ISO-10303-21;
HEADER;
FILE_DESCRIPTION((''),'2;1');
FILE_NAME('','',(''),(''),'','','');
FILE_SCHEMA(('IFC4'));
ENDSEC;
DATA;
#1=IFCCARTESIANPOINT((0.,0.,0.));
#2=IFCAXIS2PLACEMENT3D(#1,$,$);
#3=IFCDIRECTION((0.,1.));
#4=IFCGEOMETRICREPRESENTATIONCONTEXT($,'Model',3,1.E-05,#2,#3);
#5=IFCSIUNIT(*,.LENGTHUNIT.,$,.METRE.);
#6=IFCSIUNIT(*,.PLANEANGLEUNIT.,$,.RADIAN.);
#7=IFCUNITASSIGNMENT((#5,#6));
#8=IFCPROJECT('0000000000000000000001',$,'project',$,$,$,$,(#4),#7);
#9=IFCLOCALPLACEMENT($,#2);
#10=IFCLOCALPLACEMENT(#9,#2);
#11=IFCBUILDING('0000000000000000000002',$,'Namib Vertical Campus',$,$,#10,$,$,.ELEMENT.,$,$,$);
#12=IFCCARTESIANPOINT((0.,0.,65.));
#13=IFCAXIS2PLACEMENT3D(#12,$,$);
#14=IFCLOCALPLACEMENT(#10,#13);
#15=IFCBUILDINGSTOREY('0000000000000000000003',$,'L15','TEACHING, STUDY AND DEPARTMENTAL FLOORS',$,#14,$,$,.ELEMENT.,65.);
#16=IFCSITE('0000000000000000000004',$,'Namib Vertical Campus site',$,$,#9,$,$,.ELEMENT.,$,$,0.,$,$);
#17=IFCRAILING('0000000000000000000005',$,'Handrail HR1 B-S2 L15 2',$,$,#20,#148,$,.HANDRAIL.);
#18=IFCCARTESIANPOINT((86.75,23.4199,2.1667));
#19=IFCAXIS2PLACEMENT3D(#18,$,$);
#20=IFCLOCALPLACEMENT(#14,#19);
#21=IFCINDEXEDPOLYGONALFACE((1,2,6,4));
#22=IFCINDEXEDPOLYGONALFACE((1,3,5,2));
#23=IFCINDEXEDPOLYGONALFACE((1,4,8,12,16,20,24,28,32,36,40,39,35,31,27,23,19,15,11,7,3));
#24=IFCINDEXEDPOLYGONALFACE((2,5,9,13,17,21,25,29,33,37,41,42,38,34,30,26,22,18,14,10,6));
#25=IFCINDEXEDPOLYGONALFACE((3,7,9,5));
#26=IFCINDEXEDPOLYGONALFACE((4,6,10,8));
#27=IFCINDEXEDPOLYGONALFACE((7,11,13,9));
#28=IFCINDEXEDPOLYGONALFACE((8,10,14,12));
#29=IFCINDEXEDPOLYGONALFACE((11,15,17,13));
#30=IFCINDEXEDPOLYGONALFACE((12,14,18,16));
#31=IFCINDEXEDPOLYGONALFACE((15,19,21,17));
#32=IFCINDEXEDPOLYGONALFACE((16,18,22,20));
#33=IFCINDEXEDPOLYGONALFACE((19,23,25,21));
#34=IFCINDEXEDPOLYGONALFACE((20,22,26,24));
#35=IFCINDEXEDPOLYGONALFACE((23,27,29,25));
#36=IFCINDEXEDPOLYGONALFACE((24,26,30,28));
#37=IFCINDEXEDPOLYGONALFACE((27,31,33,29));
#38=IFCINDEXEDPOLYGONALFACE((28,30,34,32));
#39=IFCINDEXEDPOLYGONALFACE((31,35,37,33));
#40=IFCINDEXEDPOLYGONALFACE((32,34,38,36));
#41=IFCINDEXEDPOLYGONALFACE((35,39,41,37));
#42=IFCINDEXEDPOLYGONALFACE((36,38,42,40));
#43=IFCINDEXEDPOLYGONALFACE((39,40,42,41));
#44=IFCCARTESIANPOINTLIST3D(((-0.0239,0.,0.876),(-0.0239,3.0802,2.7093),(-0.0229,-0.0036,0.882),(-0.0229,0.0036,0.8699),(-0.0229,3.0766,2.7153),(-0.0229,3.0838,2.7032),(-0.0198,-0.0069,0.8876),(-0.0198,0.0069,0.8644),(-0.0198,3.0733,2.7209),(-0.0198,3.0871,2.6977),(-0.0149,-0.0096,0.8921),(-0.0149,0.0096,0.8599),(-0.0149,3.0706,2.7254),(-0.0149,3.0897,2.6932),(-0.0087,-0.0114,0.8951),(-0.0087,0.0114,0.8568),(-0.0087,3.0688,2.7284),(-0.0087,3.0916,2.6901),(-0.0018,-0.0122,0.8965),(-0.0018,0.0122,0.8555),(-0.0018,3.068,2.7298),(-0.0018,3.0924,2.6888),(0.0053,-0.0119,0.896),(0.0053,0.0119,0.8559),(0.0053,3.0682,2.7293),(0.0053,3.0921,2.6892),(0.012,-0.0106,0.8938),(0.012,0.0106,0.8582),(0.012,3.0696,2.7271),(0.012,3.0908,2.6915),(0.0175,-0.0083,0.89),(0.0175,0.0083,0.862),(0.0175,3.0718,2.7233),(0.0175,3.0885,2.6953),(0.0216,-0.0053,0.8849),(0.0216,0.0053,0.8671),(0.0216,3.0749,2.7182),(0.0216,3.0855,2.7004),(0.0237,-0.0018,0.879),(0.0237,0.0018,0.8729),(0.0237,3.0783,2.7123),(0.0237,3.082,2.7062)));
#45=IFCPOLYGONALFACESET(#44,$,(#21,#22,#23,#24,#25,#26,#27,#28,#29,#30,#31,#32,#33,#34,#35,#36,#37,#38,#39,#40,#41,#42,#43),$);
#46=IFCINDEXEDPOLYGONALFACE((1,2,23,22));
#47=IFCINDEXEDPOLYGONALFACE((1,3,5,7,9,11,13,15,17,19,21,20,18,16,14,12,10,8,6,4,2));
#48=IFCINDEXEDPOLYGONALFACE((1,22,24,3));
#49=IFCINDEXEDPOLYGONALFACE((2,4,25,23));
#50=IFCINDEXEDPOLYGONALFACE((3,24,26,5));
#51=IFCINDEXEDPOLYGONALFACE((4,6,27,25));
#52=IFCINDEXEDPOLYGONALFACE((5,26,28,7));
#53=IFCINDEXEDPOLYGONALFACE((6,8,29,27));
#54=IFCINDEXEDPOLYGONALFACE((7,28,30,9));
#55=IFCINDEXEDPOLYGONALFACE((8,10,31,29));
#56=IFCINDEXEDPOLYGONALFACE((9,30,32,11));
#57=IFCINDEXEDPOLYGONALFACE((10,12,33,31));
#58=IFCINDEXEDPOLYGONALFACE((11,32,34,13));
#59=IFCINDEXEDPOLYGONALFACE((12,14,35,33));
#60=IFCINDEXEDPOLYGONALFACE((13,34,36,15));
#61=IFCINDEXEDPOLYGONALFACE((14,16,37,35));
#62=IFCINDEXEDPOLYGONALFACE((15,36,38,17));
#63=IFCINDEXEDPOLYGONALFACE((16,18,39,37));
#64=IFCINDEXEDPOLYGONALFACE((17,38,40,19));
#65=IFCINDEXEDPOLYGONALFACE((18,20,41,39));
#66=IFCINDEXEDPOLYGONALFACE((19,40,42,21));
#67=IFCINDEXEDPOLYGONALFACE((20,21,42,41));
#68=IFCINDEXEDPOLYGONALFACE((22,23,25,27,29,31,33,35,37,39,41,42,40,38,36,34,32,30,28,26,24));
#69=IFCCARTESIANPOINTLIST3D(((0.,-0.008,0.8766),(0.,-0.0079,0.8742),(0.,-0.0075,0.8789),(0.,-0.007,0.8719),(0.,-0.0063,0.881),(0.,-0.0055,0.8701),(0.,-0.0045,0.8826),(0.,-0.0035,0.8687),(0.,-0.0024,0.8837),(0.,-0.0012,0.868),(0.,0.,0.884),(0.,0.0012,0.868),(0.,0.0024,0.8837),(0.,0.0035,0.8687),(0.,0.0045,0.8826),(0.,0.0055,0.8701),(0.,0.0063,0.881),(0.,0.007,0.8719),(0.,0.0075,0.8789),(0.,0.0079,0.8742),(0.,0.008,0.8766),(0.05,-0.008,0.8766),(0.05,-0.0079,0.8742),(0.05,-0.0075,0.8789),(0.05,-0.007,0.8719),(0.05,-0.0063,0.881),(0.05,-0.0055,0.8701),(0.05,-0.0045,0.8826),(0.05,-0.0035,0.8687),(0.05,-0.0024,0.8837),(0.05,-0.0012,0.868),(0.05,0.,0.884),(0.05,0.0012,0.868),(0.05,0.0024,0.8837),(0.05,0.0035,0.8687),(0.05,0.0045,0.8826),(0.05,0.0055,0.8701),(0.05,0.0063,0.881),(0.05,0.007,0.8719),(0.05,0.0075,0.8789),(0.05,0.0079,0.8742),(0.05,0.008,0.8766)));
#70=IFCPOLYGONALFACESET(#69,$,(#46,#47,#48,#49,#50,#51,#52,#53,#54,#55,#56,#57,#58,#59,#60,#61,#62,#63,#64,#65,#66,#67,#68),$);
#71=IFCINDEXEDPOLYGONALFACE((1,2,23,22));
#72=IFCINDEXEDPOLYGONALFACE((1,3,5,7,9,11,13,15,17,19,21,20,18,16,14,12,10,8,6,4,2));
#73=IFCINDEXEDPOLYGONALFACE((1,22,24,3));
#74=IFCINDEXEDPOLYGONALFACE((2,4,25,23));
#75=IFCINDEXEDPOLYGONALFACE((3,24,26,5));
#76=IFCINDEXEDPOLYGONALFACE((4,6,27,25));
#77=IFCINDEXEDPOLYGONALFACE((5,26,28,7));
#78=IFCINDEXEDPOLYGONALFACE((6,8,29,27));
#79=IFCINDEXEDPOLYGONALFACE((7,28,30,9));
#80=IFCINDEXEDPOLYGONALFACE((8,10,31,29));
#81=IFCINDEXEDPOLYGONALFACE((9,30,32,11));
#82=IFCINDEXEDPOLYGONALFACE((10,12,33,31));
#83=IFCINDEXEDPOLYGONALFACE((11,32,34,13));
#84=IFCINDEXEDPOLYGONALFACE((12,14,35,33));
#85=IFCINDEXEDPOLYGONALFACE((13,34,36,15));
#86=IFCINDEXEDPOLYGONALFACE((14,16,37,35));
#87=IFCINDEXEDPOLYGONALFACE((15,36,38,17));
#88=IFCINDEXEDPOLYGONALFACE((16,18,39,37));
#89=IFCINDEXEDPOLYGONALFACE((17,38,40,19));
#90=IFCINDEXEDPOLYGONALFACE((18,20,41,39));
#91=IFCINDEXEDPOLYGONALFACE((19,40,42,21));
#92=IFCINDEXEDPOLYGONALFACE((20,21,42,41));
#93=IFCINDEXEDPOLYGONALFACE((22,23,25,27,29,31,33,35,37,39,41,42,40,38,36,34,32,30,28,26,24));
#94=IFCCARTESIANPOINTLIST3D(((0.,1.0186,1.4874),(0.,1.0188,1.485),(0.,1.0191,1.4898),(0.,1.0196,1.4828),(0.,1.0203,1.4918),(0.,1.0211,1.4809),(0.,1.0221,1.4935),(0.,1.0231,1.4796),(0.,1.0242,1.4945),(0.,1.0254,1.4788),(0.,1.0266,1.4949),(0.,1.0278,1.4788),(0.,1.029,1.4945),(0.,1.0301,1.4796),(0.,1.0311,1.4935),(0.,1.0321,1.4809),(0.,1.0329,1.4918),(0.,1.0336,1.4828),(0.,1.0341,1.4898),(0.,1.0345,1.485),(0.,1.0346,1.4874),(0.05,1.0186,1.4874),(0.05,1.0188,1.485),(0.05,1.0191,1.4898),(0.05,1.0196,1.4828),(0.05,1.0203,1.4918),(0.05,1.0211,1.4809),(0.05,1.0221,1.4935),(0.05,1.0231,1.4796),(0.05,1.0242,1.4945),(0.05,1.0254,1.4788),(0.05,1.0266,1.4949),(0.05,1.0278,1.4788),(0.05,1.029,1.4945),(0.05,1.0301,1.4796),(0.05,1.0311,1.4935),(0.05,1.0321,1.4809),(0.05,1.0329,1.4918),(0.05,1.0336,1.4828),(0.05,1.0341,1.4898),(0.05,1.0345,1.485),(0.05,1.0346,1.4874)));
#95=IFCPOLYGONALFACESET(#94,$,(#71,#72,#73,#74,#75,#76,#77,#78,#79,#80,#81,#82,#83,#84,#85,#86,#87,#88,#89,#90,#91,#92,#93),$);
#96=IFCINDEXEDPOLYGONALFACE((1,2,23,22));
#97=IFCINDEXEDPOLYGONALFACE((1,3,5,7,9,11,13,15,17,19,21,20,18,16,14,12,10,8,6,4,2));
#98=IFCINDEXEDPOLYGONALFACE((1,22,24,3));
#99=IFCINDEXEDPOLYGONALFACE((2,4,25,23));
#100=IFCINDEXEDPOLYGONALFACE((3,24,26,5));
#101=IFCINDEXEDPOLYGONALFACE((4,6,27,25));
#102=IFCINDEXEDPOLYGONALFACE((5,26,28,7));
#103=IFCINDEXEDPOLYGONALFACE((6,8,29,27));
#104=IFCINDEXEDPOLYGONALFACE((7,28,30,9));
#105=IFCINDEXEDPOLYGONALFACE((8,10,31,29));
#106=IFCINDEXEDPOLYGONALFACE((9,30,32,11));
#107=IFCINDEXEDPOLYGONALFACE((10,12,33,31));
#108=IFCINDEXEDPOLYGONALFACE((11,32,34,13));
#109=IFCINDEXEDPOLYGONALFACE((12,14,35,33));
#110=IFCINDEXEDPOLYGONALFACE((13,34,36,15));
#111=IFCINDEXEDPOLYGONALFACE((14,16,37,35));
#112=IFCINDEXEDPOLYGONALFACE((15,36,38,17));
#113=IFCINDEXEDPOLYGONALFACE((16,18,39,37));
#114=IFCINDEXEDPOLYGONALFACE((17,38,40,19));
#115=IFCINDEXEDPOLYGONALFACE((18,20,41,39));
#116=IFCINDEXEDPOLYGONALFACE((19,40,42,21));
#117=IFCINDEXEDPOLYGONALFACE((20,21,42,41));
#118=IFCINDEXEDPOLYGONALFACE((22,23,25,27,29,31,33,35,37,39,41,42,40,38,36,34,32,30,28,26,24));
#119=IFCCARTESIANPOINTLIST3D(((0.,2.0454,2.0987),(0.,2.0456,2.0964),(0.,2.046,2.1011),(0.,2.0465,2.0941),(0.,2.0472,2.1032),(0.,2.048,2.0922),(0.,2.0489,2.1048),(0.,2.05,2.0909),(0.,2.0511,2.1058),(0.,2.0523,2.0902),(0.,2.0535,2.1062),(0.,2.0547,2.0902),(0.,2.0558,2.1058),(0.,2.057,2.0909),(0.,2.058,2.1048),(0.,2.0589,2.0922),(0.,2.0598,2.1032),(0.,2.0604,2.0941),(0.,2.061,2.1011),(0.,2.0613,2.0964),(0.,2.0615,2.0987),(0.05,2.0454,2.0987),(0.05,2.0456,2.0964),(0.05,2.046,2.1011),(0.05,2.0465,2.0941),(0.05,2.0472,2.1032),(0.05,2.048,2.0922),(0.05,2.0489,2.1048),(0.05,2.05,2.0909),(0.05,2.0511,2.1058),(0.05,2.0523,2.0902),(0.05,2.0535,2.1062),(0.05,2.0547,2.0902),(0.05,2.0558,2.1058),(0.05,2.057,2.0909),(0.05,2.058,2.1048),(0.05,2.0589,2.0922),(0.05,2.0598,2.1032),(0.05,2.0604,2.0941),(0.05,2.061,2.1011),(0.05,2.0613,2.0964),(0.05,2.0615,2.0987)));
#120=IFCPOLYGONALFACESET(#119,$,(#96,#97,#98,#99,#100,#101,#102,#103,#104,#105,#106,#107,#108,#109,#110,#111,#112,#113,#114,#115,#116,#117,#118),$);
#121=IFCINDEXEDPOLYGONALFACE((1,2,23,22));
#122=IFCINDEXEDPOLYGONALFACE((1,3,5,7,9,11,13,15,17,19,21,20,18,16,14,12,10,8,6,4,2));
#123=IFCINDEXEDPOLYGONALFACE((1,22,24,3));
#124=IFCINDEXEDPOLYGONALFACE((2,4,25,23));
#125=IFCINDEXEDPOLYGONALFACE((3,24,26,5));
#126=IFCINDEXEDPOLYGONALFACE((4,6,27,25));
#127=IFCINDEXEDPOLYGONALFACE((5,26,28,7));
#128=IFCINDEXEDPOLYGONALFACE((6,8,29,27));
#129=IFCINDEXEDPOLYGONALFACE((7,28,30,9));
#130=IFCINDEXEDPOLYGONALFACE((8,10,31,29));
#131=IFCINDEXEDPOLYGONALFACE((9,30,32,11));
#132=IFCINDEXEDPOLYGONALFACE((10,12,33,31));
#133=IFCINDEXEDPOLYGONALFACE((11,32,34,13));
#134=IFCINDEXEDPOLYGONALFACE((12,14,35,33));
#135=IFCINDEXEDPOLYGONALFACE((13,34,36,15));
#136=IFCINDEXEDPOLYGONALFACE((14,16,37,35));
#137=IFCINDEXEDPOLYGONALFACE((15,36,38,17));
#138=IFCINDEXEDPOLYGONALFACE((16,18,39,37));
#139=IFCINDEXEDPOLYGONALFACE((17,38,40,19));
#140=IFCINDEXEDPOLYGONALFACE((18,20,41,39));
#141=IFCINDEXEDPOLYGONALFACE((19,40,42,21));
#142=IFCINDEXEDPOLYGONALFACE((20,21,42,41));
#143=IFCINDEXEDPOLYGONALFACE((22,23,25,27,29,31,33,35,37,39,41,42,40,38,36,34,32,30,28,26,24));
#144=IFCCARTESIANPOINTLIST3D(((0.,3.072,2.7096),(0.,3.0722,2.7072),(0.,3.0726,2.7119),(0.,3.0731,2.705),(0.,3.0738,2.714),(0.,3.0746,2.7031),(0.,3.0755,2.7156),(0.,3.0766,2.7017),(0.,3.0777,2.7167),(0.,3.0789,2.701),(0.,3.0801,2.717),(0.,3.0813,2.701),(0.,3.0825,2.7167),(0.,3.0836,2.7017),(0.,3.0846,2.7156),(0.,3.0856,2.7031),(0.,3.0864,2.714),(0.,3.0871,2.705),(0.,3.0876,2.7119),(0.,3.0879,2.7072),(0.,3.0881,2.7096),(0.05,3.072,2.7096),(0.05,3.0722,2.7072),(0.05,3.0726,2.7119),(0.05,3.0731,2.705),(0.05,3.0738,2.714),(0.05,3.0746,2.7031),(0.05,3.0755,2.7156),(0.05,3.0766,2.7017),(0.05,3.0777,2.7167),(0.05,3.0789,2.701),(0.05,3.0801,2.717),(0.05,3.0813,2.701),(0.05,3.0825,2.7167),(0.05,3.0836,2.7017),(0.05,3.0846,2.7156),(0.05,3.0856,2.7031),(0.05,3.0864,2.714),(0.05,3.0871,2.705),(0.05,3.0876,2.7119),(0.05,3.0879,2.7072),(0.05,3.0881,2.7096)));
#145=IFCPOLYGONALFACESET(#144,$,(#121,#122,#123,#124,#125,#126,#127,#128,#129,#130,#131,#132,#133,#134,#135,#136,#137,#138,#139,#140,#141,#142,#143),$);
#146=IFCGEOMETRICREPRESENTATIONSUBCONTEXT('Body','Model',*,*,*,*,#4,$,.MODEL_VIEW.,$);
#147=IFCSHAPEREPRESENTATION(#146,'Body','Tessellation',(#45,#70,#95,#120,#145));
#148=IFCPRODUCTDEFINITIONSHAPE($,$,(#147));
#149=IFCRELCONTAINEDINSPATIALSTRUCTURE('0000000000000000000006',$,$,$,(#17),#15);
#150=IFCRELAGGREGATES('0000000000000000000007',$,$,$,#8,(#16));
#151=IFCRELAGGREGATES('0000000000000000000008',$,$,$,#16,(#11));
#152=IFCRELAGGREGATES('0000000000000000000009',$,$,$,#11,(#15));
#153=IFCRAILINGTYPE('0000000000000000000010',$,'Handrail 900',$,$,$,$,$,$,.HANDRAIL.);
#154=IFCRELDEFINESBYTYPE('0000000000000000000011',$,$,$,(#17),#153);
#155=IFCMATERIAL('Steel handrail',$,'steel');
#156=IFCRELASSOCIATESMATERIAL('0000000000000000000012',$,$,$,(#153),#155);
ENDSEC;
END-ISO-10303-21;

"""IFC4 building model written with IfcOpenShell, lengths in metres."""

from ifc_helpers import new_model, si_unit, direction, frame, origin, origin_2d, place, context, subcontext, project, spatial, circle, extrude, material, type_object, element, save


model = new_model("IFC4")

# Units and contexts
model_context = context("Model", 3, precision=1e-05, world=origin(), true_north=direction((0.0, 1.0)))
body_context = subcontext(model_context, "Body", "Model", "MODEL_VIEW")
ifc_project = project(units=[si_unit("LENGTHUNIT", "METRE"), si_unit("PLANEANGLEUNIT", "RADIAN")], contexts=[model_context])

# Site, building, storey
site_placement = place(None, origin())
site = spatial("IfcSite", under=ifc_project, at=site_placement, Name="Namib Vertical Campus site", CompositionType="ELEMENT", RefElevation=0.0)
building_placement = place(site_placement, origin())
building = spatial("IfcBuilding", under=site, at=building_placement, Name="Namib Vertical Campus", CompositionType="ELEMENT")
storey_placement = place(building_placement, frame((0.0, 0.0, 65.0)))
storey = spatial("IfcBuildingStorey", under=building, at=storey_placement, Name="L15", Description="TEACHING, STUDY AND DEPARTMENTAL FLOORS", CompositionType="ELEMENT", Elevation=65.0)

# Railing
ifc_material_1 = material(Name="Steel handrail", Category="steel")
railing_type_1 = type_object("IfcRailingType", Name="Handrail 900", PredefinedType="HANDRAIL", material=ifc_material_1)
railing_1_placement = place(storey_placement, frame((86.75, 23.4199, 2.1667)))
element("IfcRailing", 1, at=railing_1_placement, inside=storey, type_object=railing_type_1, Name="Handrail HR1 B-S2 L15 2", PredefinedType="HANDRAIL", context=body_context, shape_type="SweptSolid", body=[
    extrude(circle(Radius=0.0239, at=origin_2d()), frame((0.0, 0.0, 0.876), z_axis=(0.0, 0.859309, 0.511458), x_axis=(-1.0, 0.0, 0.0)), (0.0, 0.0, 1.0), 3.5845),
    extrude(circle(Radius=0.0081, at=origin_2d()), frame((0.0, 0.0, 0.876), z_axis=(1.0, 0.0, 0.0), x_axis=(0.0, 0.0, 1.0)), (0.0, 0.0, 1.0), 0.05),
    extrude(circle(Radius=0.0081, at=origin_2d()), frame((0.0, 1.0266, 1.4868), z_axis=(1.0, 0.0, 0.0), x_axis=(0.0, 0.0, 1.0)), (0.0, 0.0, 1.0), 0.05),
    extrude(circle(Radius=0.0081, at=origin_2d()), frame((0.0, 2.0535, 2.0981), z_axis=(1.0, 0.0, 0.0), x_axis=(0.0, 0.0, 1.0)), (0.0, 0.0, 1.0), 0.05),
    extrude(circle(Radius=0.0081, at=origin_2d()), frame((0.0, 3.0801, 2.709), z_axis=(1.0, 0.0, 0.0), x_axis=(0.0, 0.0, 1.0)), (0.0, 0.0, 1.0), 0.05),
])

save(model, "model.ifc")
